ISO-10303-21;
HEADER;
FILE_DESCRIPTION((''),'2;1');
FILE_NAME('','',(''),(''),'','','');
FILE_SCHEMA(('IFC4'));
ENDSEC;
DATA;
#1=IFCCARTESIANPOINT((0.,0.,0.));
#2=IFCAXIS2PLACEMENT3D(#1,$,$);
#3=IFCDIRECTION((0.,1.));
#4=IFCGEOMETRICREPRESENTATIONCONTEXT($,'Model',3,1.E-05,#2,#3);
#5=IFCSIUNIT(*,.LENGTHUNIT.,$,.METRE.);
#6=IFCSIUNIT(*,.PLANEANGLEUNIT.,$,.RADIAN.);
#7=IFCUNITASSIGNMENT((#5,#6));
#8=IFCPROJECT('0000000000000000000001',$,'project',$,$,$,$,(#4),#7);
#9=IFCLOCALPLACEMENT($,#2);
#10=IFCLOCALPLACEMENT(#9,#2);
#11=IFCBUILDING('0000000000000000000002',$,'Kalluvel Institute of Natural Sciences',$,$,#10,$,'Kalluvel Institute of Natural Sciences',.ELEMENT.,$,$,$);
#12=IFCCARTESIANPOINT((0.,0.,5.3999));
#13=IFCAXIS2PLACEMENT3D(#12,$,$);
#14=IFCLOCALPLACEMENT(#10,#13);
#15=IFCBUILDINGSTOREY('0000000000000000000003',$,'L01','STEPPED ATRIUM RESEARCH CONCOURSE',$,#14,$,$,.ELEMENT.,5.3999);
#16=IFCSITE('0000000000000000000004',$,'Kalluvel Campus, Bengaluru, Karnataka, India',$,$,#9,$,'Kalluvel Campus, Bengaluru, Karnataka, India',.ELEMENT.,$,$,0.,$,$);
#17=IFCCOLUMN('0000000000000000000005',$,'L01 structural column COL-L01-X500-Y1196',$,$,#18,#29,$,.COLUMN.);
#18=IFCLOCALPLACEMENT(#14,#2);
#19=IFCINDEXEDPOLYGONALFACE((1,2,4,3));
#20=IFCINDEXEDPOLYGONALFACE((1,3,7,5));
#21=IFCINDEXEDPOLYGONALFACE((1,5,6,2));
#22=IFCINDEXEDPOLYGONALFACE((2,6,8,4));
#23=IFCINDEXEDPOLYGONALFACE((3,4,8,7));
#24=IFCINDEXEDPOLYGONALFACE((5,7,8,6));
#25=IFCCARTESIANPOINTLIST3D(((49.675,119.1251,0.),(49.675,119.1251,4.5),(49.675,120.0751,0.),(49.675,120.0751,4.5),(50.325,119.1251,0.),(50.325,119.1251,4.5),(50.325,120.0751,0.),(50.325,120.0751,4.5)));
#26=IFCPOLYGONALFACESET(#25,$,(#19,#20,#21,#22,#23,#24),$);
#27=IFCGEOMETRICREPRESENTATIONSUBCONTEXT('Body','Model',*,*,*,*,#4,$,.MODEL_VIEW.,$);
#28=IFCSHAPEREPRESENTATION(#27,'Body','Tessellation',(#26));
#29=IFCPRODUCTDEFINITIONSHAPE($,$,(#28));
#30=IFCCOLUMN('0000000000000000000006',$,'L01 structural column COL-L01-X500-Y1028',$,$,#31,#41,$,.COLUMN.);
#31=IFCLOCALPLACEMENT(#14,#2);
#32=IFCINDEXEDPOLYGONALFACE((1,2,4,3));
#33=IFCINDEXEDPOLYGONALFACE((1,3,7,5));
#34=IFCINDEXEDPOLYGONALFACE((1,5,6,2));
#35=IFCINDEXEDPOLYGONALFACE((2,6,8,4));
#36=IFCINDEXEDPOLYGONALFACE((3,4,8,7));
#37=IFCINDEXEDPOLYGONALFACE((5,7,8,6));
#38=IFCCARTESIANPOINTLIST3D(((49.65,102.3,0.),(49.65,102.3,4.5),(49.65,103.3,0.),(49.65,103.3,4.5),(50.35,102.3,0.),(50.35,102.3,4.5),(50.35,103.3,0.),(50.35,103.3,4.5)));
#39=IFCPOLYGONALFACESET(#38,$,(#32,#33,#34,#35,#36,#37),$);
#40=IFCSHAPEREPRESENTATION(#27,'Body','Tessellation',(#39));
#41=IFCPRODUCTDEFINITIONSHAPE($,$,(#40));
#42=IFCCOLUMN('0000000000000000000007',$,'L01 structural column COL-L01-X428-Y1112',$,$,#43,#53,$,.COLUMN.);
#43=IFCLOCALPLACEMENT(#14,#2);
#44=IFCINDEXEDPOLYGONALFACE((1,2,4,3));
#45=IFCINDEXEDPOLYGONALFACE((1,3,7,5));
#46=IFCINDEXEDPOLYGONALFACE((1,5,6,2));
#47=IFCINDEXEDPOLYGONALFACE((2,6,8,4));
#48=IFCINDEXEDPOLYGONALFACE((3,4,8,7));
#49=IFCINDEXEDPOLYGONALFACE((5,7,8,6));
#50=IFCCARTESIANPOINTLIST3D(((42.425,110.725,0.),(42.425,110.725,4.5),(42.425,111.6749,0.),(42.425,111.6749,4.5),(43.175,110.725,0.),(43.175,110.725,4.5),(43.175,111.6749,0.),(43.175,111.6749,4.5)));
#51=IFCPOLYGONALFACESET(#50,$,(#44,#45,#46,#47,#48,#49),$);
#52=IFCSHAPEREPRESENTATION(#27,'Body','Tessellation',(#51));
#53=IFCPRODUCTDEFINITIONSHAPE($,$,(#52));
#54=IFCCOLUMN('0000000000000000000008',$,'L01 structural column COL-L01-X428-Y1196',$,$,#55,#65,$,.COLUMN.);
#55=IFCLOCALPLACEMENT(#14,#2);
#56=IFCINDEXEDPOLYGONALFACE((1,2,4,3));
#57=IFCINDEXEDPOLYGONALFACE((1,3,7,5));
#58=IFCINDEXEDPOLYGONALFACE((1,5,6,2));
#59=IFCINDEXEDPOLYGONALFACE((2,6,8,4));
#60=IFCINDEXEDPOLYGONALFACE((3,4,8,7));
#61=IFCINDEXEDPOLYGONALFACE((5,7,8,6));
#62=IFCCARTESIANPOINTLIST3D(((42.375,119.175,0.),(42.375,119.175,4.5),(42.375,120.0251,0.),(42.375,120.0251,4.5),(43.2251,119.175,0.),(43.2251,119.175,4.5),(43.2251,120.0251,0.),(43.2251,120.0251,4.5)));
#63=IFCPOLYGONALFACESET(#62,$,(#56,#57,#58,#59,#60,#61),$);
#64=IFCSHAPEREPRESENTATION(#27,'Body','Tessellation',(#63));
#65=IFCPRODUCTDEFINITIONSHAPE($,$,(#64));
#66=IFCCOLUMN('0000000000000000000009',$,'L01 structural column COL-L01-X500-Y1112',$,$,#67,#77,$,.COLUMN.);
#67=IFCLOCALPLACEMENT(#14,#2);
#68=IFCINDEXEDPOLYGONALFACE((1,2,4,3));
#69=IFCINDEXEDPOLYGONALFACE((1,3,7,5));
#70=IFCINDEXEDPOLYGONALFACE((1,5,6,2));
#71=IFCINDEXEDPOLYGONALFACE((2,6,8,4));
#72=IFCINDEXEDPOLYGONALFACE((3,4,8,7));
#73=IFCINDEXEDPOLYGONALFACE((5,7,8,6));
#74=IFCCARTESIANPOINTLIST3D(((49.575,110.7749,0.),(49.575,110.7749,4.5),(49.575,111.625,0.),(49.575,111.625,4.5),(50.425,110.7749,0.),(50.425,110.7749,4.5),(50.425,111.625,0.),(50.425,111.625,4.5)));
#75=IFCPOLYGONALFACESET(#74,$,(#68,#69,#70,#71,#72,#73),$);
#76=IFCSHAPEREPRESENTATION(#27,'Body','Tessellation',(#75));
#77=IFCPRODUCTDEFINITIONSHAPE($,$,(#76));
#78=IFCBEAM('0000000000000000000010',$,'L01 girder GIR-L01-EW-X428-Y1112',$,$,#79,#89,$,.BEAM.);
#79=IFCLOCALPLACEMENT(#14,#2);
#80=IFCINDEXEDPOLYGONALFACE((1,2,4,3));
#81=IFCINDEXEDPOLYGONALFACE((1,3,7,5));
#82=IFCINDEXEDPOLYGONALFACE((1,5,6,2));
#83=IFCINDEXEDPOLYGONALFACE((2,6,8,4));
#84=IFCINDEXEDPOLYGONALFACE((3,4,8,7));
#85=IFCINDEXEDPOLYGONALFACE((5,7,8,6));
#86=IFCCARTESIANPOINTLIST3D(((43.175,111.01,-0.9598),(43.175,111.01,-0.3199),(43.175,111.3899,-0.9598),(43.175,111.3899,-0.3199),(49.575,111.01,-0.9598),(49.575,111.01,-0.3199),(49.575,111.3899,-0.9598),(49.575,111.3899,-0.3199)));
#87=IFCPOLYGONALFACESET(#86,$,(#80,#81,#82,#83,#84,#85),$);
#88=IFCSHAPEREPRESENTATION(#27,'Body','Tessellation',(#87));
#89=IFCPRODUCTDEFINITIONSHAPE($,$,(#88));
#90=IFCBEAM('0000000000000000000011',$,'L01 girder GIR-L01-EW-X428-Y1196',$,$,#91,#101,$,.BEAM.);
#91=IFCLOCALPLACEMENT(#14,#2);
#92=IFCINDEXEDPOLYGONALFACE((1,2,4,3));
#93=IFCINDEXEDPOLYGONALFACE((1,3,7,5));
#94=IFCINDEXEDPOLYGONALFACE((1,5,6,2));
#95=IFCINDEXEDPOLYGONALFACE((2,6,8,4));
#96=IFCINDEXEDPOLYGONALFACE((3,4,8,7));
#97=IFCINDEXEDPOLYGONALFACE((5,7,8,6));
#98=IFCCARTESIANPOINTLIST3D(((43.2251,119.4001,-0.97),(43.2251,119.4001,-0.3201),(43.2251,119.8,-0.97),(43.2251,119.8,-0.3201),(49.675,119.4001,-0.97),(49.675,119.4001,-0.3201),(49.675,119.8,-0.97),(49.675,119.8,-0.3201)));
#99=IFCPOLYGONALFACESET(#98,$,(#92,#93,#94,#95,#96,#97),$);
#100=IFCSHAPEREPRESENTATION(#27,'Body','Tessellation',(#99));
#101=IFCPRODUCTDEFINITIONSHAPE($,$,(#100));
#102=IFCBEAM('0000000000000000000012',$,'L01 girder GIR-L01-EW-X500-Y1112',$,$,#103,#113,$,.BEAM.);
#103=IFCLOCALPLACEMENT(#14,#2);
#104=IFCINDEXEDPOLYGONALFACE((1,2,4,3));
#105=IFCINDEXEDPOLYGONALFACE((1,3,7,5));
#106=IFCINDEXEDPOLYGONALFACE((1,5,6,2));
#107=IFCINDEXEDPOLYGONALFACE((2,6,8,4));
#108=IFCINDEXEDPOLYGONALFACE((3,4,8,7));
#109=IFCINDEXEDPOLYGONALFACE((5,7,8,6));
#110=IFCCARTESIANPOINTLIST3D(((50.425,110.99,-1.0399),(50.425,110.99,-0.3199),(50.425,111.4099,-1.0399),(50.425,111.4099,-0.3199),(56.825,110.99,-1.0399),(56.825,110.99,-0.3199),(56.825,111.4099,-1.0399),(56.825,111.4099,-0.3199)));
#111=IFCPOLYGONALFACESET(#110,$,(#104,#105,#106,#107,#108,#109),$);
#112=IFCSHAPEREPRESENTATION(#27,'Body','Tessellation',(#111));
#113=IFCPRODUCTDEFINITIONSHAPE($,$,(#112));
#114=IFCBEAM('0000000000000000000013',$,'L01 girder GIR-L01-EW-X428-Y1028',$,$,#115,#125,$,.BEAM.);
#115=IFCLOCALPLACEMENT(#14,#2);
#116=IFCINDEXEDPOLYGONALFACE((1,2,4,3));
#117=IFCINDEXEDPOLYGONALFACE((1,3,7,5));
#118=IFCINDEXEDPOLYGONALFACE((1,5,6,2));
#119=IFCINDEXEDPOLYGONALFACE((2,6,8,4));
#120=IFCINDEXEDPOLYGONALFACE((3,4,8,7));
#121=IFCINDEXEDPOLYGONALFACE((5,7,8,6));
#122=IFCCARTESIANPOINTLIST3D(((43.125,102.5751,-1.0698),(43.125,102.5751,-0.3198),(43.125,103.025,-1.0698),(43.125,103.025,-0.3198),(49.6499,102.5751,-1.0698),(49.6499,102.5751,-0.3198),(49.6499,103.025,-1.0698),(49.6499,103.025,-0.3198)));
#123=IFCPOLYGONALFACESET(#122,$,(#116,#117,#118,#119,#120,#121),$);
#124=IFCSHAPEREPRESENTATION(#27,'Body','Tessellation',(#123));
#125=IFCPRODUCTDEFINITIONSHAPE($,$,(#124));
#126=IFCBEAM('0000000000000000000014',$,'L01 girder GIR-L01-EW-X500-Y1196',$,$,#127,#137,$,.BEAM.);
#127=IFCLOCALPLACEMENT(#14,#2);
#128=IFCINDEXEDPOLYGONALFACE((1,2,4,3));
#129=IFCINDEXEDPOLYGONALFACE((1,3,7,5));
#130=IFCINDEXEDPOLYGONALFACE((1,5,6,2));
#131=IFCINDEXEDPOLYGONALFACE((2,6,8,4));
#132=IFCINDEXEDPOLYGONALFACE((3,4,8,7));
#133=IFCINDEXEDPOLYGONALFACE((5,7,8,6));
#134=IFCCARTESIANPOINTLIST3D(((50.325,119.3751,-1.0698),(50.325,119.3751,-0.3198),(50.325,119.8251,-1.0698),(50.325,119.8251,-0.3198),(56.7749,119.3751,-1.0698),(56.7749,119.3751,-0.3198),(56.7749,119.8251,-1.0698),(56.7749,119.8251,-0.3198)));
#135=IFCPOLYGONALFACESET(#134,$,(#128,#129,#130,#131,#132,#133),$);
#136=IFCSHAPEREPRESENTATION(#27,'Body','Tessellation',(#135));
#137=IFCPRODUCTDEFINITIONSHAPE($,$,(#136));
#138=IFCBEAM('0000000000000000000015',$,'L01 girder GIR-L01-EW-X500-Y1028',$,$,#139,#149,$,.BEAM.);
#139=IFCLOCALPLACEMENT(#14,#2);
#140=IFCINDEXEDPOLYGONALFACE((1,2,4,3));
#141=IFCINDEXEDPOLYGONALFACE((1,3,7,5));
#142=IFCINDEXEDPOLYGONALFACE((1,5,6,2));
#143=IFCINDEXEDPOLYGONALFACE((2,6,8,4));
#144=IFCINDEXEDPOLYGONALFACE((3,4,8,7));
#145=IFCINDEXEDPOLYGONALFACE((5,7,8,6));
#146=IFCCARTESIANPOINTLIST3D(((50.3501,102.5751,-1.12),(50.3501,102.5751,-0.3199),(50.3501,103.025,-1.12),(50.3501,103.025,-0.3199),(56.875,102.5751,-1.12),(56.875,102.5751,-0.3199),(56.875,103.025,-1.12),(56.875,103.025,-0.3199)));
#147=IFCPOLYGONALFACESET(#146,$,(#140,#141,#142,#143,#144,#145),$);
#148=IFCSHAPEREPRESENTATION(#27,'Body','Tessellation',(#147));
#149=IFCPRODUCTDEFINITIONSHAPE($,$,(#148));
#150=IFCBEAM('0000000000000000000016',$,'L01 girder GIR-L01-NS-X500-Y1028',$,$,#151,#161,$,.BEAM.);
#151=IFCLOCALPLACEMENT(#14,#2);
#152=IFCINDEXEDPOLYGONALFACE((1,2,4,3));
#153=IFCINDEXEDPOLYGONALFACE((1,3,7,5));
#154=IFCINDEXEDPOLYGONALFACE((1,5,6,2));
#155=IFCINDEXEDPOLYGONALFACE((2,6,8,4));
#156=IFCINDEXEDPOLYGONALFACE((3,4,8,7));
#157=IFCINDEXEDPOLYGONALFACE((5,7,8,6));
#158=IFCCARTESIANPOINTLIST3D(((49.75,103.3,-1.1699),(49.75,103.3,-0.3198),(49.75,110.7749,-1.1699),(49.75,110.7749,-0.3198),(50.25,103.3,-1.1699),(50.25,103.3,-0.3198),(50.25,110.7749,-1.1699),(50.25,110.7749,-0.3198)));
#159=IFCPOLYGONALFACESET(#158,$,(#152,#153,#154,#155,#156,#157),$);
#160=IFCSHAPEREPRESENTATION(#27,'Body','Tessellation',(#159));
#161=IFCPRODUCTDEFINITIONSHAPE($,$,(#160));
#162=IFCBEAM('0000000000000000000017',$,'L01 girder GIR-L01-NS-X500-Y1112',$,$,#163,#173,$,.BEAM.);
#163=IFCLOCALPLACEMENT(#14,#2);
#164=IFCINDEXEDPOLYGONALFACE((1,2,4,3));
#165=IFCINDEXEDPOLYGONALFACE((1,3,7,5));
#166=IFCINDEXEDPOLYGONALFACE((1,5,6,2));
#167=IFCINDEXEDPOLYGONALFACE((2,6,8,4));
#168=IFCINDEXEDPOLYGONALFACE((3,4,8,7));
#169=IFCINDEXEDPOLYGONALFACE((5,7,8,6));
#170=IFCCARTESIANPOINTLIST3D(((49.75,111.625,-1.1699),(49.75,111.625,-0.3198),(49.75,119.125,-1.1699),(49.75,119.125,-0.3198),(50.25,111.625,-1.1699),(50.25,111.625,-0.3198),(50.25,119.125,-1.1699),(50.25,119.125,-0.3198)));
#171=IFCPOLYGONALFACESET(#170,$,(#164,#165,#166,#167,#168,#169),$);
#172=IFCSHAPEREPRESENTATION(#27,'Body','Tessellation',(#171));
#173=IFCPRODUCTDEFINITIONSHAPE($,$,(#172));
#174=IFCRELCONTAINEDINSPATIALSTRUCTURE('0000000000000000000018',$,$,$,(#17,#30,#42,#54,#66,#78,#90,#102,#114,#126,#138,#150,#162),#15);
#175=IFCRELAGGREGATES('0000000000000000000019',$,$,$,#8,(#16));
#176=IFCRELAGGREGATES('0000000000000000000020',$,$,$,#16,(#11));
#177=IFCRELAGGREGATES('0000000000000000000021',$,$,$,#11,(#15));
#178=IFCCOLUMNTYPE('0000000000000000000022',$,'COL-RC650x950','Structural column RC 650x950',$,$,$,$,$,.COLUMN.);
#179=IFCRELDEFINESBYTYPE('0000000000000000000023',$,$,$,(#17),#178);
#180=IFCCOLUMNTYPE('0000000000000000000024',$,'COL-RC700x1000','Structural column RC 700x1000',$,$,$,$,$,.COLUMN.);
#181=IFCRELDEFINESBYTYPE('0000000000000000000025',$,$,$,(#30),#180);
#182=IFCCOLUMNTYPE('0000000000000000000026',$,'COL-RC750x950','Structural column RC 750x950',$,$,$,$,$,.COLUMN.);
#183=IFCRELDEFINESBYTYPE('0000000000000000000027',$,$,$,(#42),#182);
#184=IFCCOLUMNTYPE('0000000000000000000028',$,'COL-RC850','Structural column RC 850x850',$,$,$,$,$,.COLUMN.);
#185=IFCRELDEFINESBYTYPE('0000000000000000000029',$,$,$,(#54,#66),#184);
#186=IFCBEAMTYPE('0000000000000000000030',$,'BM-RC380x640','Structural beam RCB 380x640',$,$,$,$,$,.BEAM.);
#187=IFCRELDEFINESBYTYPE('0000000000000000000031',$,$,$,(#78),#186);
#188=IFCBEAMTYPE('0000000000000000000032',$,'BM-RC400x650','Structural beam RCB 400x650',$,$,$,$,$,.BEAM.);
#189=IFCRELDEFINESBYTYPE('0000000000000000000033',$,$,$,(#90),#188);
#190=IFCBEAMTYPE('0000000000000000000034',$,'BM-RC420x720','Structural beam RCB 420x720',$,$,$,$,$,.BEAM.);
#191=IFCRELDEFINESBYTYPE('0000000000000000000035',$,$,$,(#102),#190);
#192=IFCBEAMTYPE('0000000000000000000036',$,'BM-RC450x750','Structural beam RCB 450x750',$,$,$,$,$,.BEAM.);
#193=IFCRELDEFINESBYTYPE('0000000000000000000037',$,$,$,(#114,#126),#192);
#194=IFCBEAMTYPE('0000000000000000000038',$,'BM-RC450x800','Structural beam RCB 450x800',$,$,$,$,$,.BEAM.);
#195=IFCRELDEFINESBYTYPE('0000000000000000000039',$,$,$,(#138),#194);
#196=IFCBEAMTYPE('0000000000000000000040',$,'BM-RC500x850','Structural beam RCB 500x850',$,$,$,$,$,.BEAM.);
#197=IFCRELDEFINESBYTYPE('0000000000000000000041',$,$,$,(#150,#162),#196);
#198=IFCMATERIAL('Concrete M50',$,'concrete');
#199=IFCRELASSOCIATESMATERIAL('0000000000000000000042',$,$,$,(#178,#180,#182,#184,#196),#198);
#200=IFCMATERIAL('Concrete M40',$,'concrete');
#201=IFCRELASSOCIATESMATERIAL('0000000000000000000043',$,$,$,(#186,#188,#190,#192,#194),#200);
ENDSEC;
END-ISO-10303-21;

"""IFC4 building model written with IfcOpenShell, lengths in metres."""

from ifc_helpers import new_model, si_unit, direction, frame, origin, origin_2d, place, context, subcontext, project, spatial, rectangle, extrude, material, material_profile, profile_set, type_object, element, save


model = new_model("IFC4")

# Units and contexts
model_context = context("Model", 3, precision=1e-05, world=origin(), true_north=direction((0.0, 1.0)))
body_context = subcontext(model_context, "Body", "Model", "MODEL_VIEW")
ifc_project = project(units=[si_unit("LENGTHUNIT", "METRE"), si_unit("PLANEANGLEUNIT", "RADIAN")], contexts=[model_context])

# Site, building, storey
site_placement = place(None, origin())
site = spatial("IfcSite", under=ifc_project, at=site_placement, Name="Kalluvel Campus, Bengaluru, Karnataka, India", LongName="Kalluvel Campus, Bengaluru, Karnataka, India", CompositionType="ELEMENT", RefElevation=0.0)
building_placement = place(site_placement, origin())
building = spatial("IfcBuilding", under=site, at=building_placement, Name="Kalluvel Institute of Natural Sciences", LongName="Kalluvel Institute of Natural Sciences", CompositionType="ELEMENT")
storey_placement = place(building_placement, frame((0.0, 0.0, 5.3999)))
storey = spatial("IfcBuildingStorey", under=building, at=storey_placement, Name="L01", Description="STEPPED ATRIUM RESEARCH CONCOURSE", CompositionType="ELEMENT", Elevation=5.3999)

# Columns
ifc_material_1 = material(Name="Concrete M50", Category="concrete")
ifc_material_profile_1 = material_profile(ifc_material_1, rectangle(XDim=0.6499, YDim=0.95, at=origin_2d()), Name="RC 650x950")
ifc_profile_set_1 = profile_set([ifc_material_profile_1], Name="Concrete M50")
column_type_1 = type_object("IfcColumnType", Name="COL-RC650x950", Description="Structural column RC 650x950", PredefinedType="COLUMN", material=ifc_profile_set_1)
column_1_placement = place(storey_placement, frame((50.0, 119.6001, 0.0), z_axis=(0.0, 0.0, 1.0), x_axis=(1.0, 0.0, 0.0)))
element("IfcColumn", 1, at=column_1_placement, inside=storey, type_object=column_type_1, Name="L01 structural column COL-L01-X500-Y1196", PredefinedType="COLUMN", context=body_context, shape_type="SweptSolid", body=[
    extrude(rectangle(XDim=0.6499, YDim=0.95, at=origin_2d()), origin(), (0.0, 0.0, 1.0), 4.5),
])
ifc_material_profile_2 = material_profile(ifc_material_1, rectangle(XDim=0.7, YDim=1.0, at=origin_2d()), Name="RC 700x1000")
ifc_profile_set_2 = profile_set([ifc_material_profile_2], Name="Concrete M50")
column_type_2 = type_object("IfcColumnType", Name="COL-RC700x1000", Description="Structural column RC 700x1000", PredefinedType="COLUMN", material=ifc_profile_set_2)
column_2_placement = place(storey_placement, frame((50.0, 102.8, 0.0), z_axis=(0.0, 0.0, 1.0), x_axis=(1.0, 0.0, 0.0)))
element("IfcColumn", 2, at=column_2_placement, inside=storey, type_object=column_type_2, Name="L01 structural column COL-L01-X500-Y1028", PredefinedType="COLUMN", context=body_context, shape_type="SweptSolid", body=[
    extrude(rectangle(XDim=0.7, YDim=1.0, at=origin_2d()), origin(), (0.0, 0.0, 1.0), 4.5),
])
ifc_material_profile_3 = material_profile(ifc_material_1, rectangle(XDim=0.75, YDim=0.95, at=origin_2d()), Name="RC 750x950")
ifc_profile_set_3 = profile_set([ifc_material_profile_3], Name="Concrete M50")
column_type_3 = type_object("IfcColumnType", Name="COL-RC750x950", Description="Structural column RC 750x950", PredefinedType="COLUMN", material=ifc_profile_set_3)
column_3_placement = place(storey_placement, frame((42.8, 111.2, 0.0), z_axis=(0.0, 0.0, 1.0), x_axis=(1.0, 0.0, 0.0)))
element("IfcColumn", 3, at=column_3_placement, inside=storey, type_object=column_type_3, Name="L01 structural column COL-L01-X428-Y1112", PredefinedType="COLUMN", context=body_context, shape_type="SweptSolid", body=[
    extrude(rectangle(XDim=0.75, YDim=0.95, at=origin_2d()), origin(), (0.0, 0.0, 1.0), 4.5),
])
ifc_material_profile_4 = material_profile(ifc_material_1, rectangle(XDim=0.8501, YDim=0.8501, at=origin_2d()), Name="RC 850x850")
ifc_profile_set_4 = profile_set([ifc_material_profile_4], Name="Concrete M50")
column_type_4 = type_object("IfcColumnType", Name="COL-RC850", Description="Structural column RC 850x850", PredefinedType="COLUMN", material=ifc_profile_set_4)
for number, where, z_axis, x_axis, name in (
    (4, (42.8, 119.6001, 0.0), (0.0, 0.0, 1.0), (1.0, 0.0, 0.0), "L01 structural column COL-L01-X428-Y1196"),
    (5, (50.0, 111.2, 0.0), (0.0, 0.0, 1.0), (1.0, 0.0, 0.0), "L01 structural column COL-L01-X500-Y1112"),
):
    element("IfcColumn", number, at=place(storey_placement, frame(where, z_axis=z_axis, x_axis=x_axis)), inside=storey, type_object=column_type_4, Name=name, PredefinedType="COLUMN", context=body_context, shape_type="SweptSolid", body=[
        extrude(rectangle(XDim=0.8501, YDim=0.8501, at=origin_2d()), origin(), (0.0, 0.0, 1.0), 4.5),
    ])

# Beams
ifc_material_2 = material(Name="Concrete M40", Category="concrete")
ifc_material_profile_5 = material_profile(ifc_material_2, rectangle(XDim=0.3799, YDim=0.6399, at=origin_2d()), Name="RCB 380x640")
ifc_profile_set_5 = profile_set([ifc_material_profile_5], Name="Concrete M40")
beam_type_1 = type_object("IfcBeamType", Name="BM-RC380x640", Description="Structural beam RCB 380x640", PredefinedType="BEAM", material=ifc_profile_set_5)
beam_1_placement = place(storey_placement, frame((43.175, 111.2, -0.6399), z_axis=(1.0, 0.0, 0.0), x_axis=(0.0, 1.0, 0.0)))
element("IfcBeam", 6, at=beam_1_placement, inside=storey, type_object=beam_type_1, Name="L01 girder GIR-L01-EW-X428-Y1112", PredefinedType="BEAM", context=body_context, shape_type="SweptSolid", body=[
    extrude(rectangle(XDim=0.3799, YDim=0.6399, at=origin_2d()), origin(), (0.0, 0.0, 1.0), 6.3999),
])
ifc_material_profile_6 = material_profile(ifc_material_2, rectangle(XDim=0.3999, YDim=0.6499, at=origin_2d()), Name="RCB 400x650")
ifc_profile_set_6 = profile_set([ifc_material_profile_6], Name="Concrete M40")
beam_type_2 = type_object("IfcBeamType", Name="BM-RC400x650", Description="Structural beam RCB 400x650", PredefinedType="BEAM", material=ifc_profile_set_6)
beam_2_placement = place(storey_placement, frame((43.2251, 119.6001, -0.645), z_axis=(1.0, 0.0, 0.0), x_axis=(0.0, 1.0, 0.0)))
element("IfcBeam", 7, at=beam_2_placement, inside=storey, type_object=beam_type_2, Name="L01 girder GIR-L01-EW-X428-Y1196", PredefinedType="BEAM", context=body_context, shape_type="SweptSolid", body=[
    extrude(rectangle(XDim=0.3999, YDim=0.6499, at=origin_2d()), origin(), (0.0, 0.0, 1.0), 6.45),
])
ifc_material_profile_7 = material_profile(ifc_material_2, rectangle(XDim=0.4199, YDim=0.72, at=origin_2d()), Name="RCB 420x720")
ifc_profile_set_7 = profile_set([ifc_material_profile_7], Name="Concrete M40")
beam_type_3 = type_object("IfcBeamType", Name="BM-RC420x720", Description="Structural beam RCB 420x720", PredefinedType="BEAM", material=ifc_profile_set_7)
beam_3_placement = place(storey_placement, frame((50.425, 111.2, -0.6799), z_axis=(1.0, 0.0, 0.0), x_axis=(0.0, 1.0, 0.0)))
element("IfcBeam", 8, at=beam_3_placement, inside=storey, type_object=beam_type_3, Name="L01 girder GIR-L01-EW-X500-Y1112", PredefinedType="BEAM", context=body_context, shape_type="SweptSolid", body=[
    extrude(rectangle(XDim=0.4199, YDim=0.72, at=origin_2d()), origin(), (0.0, 0.0, 1.0), 6.3999),
])
ifc_material_profile_8 = material_profile(ifc_material_2, rectangle(XDim=0.45, YDim=0.75, at=origin_2d()), Name="RCB 450x750")
ifc_profile_set_8 = profile_set([ifc_material_profile_8], Name="Concrete M40")
beam_type_4 = type_object("IfcBeamType", Name="BM-RC450x750", Description="Structural beam RCB 450x750", PredefinedType="BEAM", material=ifc_profile_set_8)
beam_4_placement = place(storey_placement, frame((43.125, 102.8, -0.6948), z_axis=(1.0, 0.0, 0.0), x_axis=(0.0, 1.0, 0.0)))
element("IfcBeam", 9, at=beam_4_placement, inside=storey, type_object=beam_type_4, Name="L01 girder GIR-L01-EW-X428-Y1028", PredefinedType="BEAM", context=body_context, shape_type="SweptSolid", body=[
    extrude(rectangle(XDim=0.45, YDim=0.75, at=origin_2d()), origin(), (0.0, 0.0, 1.0), 6.5249),
])
beam_5_placement = place(storey_placement, frame((50.325, 119.6001, -0.6948), z_axis=(1.0, 0.0, 0.0), x_axis=(0.0, 1.0, 0.0)))
element("IfcBeam", 10, at=beam_5_placement, inside=storey, type_object=beam_type_4, Name="L01 girder GIR-L01-EW-X500-Y1196", PredefinedType="BEAM", context=body_context, shape_type="SweptSolid", body=[
    extrude(rectangle(XDim=0.45, YDim=0.75, at=origin_2d()), origin(), (0.0, 0.0, 1.0), 6.45),
])
ifc_material_profile_9 = material_profile(ifc_material_2, rectangle(XDim=0.45, YDim=0.8, at=origin_2d()), Name="RCB 450x800")
ifc_profile_set_9 = profile_set([ifc_material_profile_9], Name="Concrete M40")
beam_type_5 = type_object("IfcBeamType", Name="BM-RC450x800", Description="Structural beam RCB 450x800", PredefinedType="BEAM", material=ifc_profile_set_9)
beam_6_placement = place(storey_placement, frame((50.3501, 102.8, -0.72), z_axis=(1.0, 0.0, 0.0), x_axis=(0.0, 1.0, 0.0)))
element("IfcBeam", 11, at=beam_6_placement, inside=storey, type_object=beam_type_5, Name="L01 girder GIR-L01-EW-X500-Y1028", PredefinedType="BEAM", context=body_context, shape_type="SweptSolid", body=[
    extrude(rectangle(XDim=0.45, YDim=0.8, at=origin_2d()), origin(), (0.0, 0.0, 1.0), 6.5249),
])
ifc_material_profile_10 = material_profile(ifc_material_1, rectangle(XDim=0.5, YDim=0.8501, at=origin_2d()), Name="RCB 500x850")
ifc_profile_set_10 = profile_set([ifc_material_profile_10], Name="Concrete M50")
beam_type_6 = type_object("IfcBeamType", Name="BM-RC500x850", Description="Structural beam RCB 500x850", PredefinedType="BEAM", material=ifc_profile_set_10)
beam_7_placement = place(storey_placement, frame((50.0, 103.3, -0.7449), z_axis=(0.0, 1.0, 0.0), x_axis=(-1.0, 0.0, 0.0)))
element("IfcBeam", 12, at=beam_7_placement, inside=storey, type_object=beam_type_6, Name="L01 girder GIR-L01-NS-X500-Y1028", PredefinedType="BEAM", context=body_context, shape_type="SweptSolid", body=[
    extrude(rectangle(XDim=0.5, YDim=0.8501, at=origin_2d()), origin(), (0.0, 0.0, 1.0), 7.4749),
])
beam_8_placement = place(storey_placement, frame((50.0, 111.625, -0.7449), z_axis=(0.0, 1.0, 0.0), x_axis=(-1.0, 0.0, 0.0)))
element("IfcBeam", 13, at=beam_8_placement, inside=storey, type_object=beam_type_6, Name="L01 girder GIR-L01-NS-X500-Y1112", PredefinedType="BEAM", context=body_context, shape_type="SweptSolid", body=[
    extrude(rectangle(XDim=0.5, YDim=0.8501, at=origin_2d()), origin(), (0.0, 0.0, 1.0), 7.5),
])

save(model, "model.ifc")
